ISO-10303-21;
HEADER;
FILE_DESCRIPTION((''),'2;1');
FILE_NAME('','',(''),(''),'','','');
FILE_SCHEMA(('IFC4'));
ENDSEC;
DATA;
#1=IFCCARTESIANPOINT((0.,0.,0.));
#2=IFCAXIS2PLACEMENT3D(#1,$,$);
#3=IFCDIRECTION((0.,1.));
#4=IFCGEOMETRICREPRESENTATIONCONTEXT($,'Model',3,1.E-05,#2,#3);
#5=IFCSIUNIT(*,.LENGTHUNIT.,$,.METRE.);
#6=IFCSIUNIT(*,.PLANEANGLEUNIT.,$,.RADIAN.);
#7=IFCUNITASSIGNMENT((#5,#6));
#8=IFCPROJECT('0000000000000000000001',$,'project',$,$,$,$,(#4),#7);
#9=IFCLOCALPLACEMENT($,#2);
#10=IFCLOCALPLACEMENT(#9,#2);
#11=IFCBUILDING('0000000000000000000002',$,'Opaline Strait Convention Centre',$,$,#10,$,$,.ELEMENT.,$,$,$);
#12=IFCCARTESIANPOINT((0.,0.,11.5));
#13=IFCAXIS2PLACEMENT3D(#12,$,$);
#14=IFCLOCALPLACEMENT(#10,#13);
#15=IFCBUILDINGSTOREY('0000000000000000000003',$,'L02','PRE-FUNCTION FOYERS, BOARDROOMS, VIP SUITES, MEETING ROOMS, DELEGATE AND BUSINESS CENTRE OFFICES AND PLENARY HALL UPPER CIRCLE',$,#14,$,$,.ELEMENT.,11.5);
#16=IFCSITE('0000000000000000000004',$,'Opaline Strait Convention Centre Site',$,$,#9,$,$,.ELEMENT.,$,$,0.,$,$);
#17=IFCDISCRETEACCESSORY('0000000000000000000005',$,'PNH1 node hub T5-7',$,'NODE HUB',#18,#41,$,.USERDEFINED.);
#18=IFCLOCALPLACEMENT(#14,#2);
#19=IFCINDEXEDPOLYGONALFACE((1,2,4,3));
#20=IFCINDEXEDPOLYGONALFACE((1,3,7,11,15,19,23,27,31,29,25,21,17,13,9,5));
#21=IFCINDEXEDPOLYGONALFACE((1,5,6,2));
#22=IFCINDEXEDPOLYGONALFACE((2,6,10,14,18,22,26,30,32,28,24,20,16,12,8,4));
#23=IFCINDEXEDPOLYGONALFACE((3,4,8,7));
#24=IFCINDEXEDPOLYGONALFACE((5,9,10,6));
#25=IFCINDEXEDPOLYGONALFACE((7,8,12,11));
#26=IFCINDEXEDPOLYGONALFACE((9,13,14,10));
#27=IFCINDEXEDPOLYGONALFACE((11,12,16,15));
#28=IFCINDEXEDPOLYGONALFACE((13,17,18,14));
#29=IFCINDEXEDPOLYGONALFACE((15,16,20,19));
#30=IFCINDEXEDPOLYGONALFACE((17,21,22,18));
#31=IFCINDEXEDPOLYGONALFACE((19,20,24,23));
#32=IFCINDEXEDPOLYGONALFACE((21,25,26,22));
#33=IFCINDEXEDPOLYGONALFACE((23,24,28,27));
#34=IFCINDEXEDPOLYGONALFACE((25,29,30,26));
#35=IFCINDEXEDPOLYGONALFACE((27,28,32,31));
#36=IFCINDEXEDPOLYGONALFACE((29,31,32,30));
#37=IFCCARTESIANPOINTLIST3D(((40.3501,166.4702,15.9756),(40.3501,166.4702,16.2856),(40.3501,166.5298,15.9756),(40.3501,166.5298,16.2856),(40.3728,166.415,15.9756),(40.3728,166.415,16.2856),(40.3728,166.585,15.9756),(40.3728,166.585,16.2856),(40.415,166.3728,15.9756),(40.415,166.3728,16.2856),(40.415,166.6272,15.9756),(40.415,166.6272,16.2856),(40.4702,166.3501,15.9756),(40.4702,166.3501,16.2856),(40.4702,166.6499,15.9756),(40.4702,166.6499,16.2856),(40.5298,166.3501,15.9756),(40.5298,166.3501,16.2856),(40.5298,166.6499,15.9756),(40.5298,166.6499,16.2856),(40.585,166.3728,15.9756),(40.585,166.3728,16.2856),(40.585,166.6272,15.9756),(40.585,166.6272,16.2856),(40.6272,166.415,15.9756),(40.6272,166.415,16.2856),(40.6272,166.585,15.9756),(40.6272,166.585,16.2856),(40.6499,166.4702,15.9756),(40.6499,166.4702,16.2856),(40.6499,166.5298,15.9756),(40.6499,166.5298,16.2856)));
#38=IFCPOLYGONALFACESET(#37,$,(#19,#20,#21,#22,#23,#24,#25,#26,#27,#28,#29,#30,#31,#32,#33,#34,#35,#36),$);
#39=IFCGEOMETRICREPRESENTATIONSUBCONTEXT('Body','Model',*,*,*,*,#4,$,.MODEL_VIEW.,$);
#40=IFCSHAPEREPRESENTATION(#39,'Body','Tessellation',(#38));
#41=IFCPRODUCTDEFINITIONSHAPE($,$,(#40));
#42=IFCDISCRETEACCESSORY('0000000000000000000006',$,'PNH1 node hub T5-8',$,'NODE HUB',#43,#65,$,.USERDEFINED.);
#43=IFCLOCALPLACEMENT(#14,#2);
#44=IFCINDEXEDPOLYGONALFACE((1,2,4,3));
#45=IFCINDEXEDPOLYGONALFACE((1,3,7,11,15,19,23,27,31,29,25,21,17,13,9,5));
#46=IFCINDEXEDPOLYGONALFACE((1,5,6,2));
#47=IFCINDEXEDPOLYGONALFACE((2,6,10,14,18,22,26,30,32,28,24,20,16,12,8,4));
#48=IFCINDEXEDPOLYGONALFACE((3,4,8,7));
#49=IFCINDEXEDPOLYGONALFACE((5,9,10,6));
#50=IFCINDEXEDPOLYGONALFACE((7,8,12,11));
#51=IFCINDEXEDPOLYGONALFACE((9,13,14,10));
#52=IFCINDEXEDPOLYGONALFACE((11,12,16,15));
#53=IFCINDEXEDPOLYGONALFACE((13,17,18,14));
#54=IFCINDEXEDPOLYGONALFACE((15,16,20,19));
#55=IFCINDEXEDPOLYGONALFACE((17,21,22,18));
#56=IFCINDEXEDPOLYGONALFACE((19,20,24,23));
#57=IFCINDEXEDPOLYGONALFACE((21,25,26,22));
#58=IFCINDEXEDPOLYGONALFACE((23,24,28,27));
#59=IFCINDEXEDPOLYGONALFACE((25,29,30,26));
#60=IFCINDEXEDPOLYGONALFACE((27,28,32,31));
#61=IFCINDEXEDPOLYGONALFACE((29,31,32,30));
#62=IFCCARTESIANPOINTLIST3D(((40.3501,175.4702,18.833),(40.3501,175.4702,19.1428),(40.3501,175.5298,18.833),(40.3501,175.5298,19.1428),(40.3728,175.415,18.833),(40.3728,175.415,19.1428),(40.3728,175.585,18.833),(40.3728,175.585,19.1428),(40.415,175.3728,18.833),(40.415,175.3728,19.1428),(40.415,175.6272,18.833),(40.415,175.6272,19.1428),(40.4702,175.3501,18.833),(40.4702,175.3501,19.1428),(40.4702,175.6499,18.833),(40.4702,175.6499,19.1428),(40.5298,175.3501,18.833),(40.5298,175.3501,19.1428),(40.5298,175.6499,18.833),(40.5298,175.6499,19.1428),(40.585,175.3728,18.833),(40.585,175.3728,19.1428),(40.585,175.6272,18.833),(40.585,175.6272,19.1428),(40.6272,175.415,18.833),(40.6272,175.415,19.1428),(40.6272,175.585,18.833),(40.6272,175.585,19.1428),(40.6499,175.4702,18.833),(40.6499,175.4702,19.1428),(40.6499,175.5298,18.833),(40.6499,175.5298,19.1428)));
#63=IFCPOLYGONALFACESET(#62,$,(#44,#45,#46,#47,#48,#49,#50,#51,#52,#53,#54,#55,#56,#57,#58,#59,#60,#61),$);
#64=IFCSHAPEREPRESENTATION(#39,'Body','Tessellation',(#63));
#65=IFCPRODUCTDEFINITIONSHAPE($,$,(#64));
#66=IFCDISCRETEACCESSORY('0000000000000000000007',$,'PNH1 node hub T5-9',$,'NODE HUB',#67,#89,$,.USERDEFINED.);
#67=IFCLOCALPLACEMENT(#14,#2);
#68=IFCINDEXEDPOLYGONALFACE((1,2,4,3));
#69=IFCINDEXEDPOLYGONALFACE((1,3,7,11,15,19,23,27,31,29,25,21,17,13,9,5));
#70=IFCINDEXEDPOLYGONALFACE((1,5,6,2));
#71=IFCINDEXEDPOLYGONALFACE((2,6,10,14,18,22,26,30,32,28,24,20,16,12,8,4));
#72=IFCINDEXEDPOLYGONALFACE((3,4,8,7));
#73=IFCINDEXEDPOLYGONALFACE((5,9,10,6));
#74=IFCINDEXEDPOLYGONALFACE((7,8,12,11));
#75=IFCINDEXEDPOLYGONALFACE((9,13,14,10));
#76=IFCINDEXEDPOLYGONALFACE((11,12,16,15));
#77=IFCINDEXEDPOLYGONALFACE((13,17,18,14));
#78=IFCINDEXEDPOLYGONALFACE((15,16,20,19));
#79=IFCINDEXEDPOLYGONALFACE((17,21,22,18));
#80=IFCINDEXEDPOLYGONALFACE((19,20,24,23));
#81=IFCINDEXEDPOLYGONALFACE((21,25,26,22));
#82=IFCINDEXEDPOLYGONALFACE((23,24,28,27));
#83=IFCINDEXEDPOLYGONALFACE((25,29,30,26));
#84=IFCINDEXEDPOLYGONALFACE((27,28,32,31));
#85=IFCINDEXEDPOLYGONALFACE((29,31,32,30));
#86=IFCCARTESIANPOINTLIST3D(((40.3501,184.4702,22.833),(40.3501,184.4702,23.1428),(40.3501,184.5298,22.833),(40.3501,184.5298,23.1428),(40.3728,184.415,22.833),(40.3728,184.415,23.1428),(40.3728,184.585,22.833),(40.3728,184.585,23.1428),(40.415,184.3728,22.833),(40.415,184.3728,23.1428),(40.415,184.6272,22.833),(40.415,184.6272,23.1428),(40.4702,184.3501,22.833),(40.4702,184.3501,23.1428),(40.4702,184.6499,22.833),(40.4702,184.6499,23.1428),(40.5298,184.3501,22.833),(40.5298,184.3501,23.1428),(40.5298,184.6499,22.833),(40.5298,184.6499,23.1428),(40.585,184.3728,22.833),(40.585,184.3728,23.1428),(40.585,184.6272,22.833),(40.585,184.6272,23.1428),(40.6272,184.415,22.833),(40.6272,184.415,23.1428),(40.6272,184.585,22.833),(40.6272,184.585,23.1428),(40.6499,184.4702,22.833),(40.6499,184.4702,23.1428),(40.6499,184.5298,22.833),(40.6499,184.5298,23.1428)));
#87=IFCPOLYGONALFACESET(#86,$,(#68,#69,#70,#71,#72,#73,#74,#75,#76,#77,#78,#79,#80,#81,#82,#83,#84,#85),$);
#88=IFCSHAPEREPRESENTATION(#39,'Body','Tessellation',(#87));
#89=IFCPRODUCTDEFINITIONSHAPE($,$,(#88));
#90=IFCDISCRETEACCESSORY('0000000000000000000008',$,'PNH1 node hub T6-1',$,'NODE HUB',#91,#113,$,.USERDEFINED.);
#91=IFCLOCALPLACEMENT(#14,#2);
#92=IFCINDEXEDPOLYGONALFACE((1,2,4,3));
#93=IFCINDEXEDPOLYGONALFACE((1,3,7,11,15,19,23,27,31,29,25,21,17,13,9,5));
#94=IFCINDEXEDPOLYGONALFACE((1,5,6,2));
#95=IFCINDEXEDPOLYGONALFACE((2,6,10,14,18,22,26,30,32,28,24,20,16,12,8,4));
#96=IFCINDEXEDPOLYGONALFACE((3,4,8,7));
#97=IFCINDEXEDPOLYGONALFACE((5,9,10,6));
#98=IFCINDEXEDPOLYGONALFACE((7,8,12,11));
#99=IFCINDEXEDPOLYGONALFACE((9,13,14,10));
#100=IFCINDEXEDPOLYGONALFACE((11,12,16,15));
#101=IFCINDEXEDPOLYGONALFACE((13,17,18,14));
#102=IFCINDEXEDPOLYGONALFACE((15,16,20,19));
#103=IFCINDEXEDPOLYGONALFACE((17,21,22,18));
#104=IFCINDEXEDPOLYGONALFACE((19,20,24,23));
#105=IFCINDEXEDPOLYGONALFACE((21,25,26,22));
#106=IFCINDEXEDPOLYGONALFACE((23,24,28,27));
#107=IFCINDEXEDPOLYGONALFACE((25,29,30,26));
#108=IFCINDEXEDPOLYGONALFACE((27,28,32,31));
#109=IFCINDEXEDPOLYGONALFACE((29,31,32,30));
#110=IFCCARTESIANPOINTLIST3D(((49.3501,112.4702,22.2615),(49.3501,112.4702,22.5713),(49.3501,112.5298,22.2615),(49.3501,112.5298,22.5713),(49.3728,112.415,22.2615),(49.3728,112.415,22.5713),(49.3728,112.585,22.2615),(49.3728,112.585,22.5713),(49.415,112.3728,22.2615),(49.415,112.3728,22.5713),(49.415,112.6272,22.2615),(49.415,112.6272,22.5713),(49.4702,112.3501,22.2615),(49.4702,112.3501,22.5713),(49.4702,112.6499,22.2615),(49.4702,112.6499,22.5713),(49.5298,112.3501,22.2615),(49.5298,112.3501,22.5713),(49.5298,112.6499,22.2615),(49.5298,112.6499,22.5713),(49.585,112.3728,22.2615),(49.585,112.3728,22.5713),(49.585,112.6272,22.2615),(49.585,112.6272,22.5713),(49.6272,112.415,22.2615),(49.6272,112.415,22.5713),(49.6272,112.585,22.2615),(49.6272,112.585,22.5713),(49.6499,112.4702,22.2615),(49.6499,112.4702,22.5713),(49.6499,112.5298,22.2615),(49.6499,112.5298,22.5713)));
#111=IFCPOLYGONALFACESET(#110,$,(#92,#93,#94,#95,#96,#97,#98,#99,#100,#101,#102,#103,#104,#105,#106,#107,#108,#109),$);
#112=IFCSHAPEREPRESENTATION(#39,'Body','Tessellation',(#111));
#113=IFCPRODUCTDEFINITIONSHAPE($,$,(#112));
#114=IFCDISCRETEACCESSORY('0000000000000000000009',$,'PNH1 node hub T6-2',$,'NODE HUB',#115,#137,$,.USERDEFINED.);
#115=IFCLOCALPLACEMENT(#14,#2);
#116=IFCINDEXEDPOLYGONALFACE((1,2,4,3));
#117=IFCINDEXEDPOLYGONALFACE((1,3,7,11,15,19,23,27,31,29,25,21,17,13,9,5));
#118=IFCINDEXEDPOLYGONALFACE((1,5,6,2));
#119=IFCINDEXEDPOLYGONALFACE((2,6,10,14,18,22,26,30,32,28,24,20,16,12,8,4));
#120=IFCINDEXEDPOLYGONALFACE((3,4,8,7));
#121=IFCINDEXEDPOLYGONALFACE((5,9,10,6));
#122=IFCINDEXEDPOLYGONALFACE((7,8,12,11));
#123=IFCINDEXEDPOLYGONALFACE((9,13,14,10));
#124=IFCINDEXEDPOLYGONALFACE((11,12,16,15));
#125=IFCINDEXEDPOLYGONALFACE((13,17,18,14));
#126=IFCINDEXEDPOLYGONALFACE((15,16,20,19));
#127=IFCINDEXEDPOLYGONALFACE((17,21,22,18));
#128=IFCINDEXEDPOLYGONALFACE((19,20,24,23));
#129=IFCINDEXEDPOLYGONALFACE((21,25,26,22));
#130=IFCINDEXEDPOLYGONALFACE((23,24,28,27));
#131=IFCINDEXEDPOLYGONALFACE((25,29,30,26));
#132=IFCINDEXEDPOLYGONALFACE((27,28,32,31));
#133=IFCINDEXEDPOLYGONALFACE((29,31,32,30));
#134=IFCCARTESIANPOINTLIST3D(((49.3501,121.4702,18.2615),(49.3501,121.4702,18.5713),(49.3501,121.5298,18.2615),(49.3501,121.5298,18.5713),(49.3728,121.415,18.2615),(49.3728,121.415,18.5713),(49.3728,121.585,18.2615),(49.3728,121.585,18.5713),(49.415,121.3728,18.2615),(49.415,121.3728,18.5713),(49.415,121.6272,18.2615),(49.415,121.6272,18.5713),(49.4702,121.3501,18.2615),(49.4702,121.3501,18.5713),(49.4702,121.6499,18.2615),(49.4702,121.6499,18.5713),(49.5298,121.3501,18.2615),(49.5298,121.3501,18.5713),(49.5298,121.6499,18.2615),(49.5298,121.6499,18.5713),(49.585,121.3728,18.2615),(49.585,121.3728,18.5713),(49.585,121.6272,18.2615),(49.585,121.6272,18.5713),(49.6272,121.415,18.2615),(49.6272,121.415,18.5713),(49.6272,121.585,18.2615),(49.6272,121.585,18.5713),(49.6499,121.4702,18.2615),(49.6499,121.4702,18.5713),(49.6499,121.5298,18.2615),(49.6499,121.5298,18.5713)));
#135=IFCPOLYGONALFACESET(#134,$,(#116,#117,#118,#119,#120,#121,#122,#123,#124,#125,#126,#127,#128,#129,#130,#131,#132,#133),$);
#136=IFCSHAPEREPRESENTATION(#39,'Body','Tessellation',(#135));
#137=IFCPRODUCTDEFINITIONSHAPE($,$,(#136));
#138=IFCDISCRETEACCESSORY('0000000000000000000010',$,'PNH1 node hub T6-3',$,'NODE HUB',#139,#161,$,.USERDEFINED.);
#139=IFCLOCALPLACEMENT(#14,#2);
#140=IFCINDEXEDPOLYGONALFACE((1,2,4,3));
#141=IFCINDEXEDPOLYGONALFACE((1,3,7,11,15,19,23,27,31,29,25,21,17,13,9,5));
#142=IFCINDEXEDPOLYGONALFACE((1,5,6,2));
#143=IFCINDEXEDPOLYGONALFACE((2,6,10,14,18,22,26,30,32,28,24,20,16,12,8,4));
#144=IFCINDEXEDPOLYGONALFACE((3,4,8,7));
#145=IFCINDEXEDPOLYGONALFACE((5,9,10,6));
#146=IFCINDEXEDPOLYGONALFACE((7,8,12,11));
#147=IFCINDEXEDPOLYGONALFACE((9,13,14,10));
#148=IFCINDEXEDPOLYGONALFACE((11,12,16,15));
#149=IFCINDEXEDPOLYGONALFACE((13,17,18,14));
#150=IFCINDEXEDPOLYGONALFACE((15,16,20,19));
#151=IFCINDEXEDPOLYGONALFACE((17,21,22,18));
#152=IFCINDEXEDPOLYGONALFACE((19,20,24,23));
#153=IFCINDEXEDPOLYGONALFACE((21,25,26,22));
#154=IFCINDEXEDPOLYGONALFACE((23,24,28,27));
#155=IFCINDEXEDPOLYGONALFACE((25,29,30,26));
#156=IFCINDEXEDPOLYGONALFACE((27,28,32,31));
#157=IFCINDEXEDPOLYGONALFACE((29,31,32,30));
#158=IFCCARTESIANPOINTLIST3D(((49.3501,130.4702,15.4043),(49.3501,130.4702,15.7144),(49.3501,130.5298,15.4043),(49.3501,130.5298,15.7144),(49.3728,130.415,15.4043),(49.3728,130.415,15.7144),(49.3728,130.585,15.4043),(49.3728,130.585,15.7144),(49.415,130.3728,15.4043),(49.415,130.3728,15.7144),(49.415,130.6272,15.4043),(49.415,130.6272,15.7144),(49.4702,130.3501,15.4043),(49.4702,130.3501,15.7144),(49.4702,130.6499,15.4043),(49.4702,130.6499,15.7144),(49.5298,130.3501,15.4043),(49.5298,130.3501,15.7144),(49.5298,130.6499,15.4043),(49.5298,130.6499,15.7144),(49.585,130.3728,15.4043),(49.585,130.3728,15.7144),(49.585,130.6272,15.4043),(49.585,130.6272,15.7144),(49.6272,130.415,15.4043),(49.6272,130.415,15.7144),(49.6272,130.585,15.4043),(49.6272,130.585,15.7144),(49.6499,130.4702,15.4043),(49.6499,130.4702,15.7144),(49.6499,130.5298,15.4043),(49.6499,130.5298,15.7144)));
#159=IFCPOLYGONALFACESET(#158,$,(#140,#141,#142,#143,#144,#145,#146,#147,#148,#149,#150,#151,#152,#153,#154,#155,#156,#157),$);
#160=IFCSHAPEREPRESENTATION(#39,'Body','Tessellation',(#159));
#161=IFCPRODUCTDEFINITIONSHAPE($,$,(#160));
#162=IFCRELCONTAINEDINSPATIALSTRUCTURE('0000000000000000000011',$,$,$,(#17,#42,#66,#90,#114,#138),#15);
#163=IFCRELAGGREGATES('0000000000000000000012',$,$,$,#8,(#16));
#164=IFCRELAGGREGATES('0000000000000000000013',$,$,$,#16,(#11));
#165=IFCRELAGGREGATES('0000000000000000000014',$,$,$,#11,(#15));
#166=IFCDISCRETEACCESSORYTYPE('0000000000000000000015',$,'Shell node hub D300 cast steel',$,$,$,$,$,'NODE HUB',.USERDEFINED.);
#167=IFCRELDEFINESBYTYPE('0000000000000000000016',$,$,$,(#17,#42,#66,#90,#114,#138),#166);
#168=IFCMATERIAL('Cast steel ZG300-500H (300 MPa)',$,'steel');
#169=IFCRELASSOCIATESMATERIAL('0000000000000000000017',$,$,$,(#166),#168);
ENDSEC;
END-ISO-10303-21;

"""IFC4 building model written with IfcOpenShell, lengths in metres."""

from ifc_helpers import new_model, si_unit, direction, frame, origin, place, context, subcontext, project, spatial, polyline, outline, extrude, material, type_object, element, save


model = new_model("IFC4")

# Units and contexts
model_context = context("Model", 3, precision=1e-05, world=origin(), true_north=direction((0.0, 1.0)))
body_context = subcontext(model_context, "Body", "Model", "MODEL_VIEW")
ifc_project = project(units=[si_unit("LENGTHUNIT", "METRE"), si_unit("PLANEANGLEUNIT", "RADIAN")], contexts=[model_context])

# Site, building, storey
site_placement = place(None, origin())
site = spatial("IfcSite", under=ifc_project, at=site_placement, Name="Opaline Strait Convention Centre Site", CompositionType="ELEMENT", RefElevation=0.0)
building_placement = place(site_placement, origin())
building = spatial("IfcBuilding", under=site, at=building_placement, Name="Opaline Strait Convention Centre", CompositionType="ELEMENT")
storey_placement = place(building_placement, frame((0.0, 0.0, 11.5)))
storey = spatial("IfcBuildingStorey", under=building, at=storey_placement, Name="L02", Description="PRE-FUNCTION FOYERS, BOARDROOMS, VIP SUITES, MEETING ROOMS, DELEGATE AND BUSINESS CENTRE OFFICES AND PLENARY HALL UPPER CIRCLE", CompositionType="ELEMENT", Elevation=11.5)

# Discrete accessories
ifc_material_1 = material(Name="Cast steel ZG300-500H (300 MPa)", Category="steel")
discrete_accessory_type_1 = type_object("IfcDiscreteAccessoryType", Name="Shell node hub D300 cast steel", ElementType="NODE HUB", PredefinedType="USERDEFINED", material=ifc_material_1)
discrete_accessory_1_placement = place(storey_placement, frame((0.0, 0.0, 15.9756)))
element("IfcDiscreteAccessory", 1, at=discrete_accessory_1_placement, inside=storey, type_object=discrete_accessory_type_1, Name="PNH1 node hub T5-7", ObjectType="NODE HUB", PredefinedType="USERDEFINED", context=body_context, shape_type="SweptSolid", body=[
    extrude(outline(polyline([(40.6499, 166.5298), (40.6272, 166.585), (40.585, 166.6272), (40.5298, 166.6499), (40.4702, 166.6499), (40.415, 166.6272), (40.3728, 166.585), (40.3501, 166.5298), (40.3501, 166.4702), (40.3728, 166.415), (40.415, 166.3728), (40.4702, 166.3501), (40.5298, 166.3501), (40.585, 166.3728), (40.6272, 166.415), (40.6499, 166.4702), (40.6499, 166.5298)])), origin(), (0.0, 0.0, 1.0), 0.3101),
])
discrete_accessory_2_placement = place(storey_placement, frame((0.0, 0.0, 18.833)))
element("IfcDiscreteAccessory", 2, at=discrete_accessory_2_placement, inside=storey, type_object=discrete_accessory_type_1, Name="PNH1 node hub T5-8", ObjectType="NODE HUB", PredefinedType="USERDEFINED", context=body_context, shape_type="SweptSolid", body=[
    extrude(outline(polyline([(40.6499, 175.5298), (40.6272, 175.585), (40.585, 175.6272), (40.5298, 175.6499), (40.4702, 175.6499), (40.415, 175.6272), (40.3728, 175.585), (40.3501, 175.5298), (40.3501, 175.4702), (40.3728, 175.415), (40.415, 175.3728), (40.4702, 175.3501), (40.5298, 175.3501), (40.585, 175.3728), (40.6272, 175.415), (40.6499, 175.4702), (40.6499, 175.5298)])), origin(), (0.0, 0.0, 1.0), 0.3098),
])
discrete_accessory_3_placement = place(storey_placement, frame((0.0, 0.0, 22.833)))
element("IfcDiscreteAccessory", 3, at=discrete_accessory_3_placement, inside=storey, type_object=discrete_accessory_type_1, Name="PNH1 node hub T5-9", ObjectType="NODE HUB", PredefinedType="USERDEFINED", context=body_context, shape_type="SweptSolid", body=[
    extrude(outline(polyline([(40.6499, 184.5298), (40.6272, 184.585), (40.585, 184.6272), (40.5298, 184.6499), (40.4702, 184.6499), (40.415, 184.6272), (40.3728, 184.585), (40.3501, 184.5298), (40.3501, 184.4702), (40.3728, 184.415), (40.415, 184.3728), (40.4702, 184.3501), (40.5298, 184.3501), (40.585, 184.3728), (40.6272, 184.415), (40.6499, 184.4702), (40.6499, 184.5298)])), origin(), (0.0, 0.0, 1.0), 0.3098),
])
discrete_accessory_4_placement = place(storey_placement, frame((0.0, 0.0, 22.2615)))
element("IfcDiscreteAccessory", 4, at=discrete_accessory_4_placement, inside=storey, type_object=discrete_accessory_type_1, Name="PNH1 node hub T6-1", ObjectType="NODE HUB", PredefinedType="USERDEFINED", context=body_context, shape_type="SweptSolid", body=[
    extrude(outline(polyline([(49.6499, 112.5298), (49.6272, 112.585), (49.585, 112.6272), (49.5298, 112.6499), (49.4702, 112.6499), (49.415, 112.6272), (49.3728, 112.585), (49.3501, 112.5298), (49.3501, 112.4702), (49.3728, 112.415), (49.415, 112.3728), (49.4702, 112.3501), (49.5298, 112.3501), (49.585, 112.3728), (49.6272, 112.415), (49.6499, 112.4702), (49.6499, 112.5298)])), origin(), (0.0, 0.0, 1.0), 0.3098),
])
discrete_accessory_5_placement = place(storey_placement, frame((0.0, 0.0, 18.2615)))
element("IfcDiscreteAccessory", 5, at=discrete_accessory_5_placement, inside=storey, type_object=discrete_accessory_type_1, Name="PNH1 node hub T6-2", ObjectType="NODE HUB", PredefinedType="USERDEFINED", context=body_context, shape_type="SweptSolid", body=[
    extrude(outline(polyline([(49.6499, 121.5298), (49.6272, 121.585), (49.585, 121.6272), (49.5298, 121.6499), (49.4702, 121.6499), (49.415, 121.6272), (49.3728, 121.585), (49.3501, 121.5298), (49.3501, 121.4702), (49.3728, 121.415), (49.415, 121.3728), (49.4702, 121.3501), (49.5298, 121.3501), (49.585, 121.3728), (49.6272, 121.415), (49.6499, 121.4702), (49.6499, 121.5298)])), origin(), (0.0, 0.0, 1.0), 0.3098),
])
discrete_accessory_6_placement = place(storey_placement, frame((0.0, 0.0, 15.4043)))
element("IfcDiscreteAccessory", 6, at=discrete_accessory_6_placement, inside=storey, type_object=discrete_accessory_type_1, Name="PNH1 node hub T6-3", ObjectType="NODE HUB", PredefinedType="USERDEFINED", context=body_context, shape_type="SweptSolid", body=[
    extrude(outline(polyline([(49.6499, 130.5298), (49.6272, 130.585), (49.585, 130.6272), (49.5298, 130.6499), (49.4702, 130.6499), (49.415, 130.6272), (49.3728, 130.585), (49.3501, 130.5298), (49.3501, 130.4702), (49.3728, 130.415), (49.415, 130.3728), (49.4702, 130.3501), (49.5298, 130.3501), (49.585, 130.3728), (49.6272, 130.415), (49.6499, 130.4702), (49.6499, 130.5298)])), origin(), (0.0, 0.0, 1.0), 0.3101),
])

save(model, "model.ifc")
